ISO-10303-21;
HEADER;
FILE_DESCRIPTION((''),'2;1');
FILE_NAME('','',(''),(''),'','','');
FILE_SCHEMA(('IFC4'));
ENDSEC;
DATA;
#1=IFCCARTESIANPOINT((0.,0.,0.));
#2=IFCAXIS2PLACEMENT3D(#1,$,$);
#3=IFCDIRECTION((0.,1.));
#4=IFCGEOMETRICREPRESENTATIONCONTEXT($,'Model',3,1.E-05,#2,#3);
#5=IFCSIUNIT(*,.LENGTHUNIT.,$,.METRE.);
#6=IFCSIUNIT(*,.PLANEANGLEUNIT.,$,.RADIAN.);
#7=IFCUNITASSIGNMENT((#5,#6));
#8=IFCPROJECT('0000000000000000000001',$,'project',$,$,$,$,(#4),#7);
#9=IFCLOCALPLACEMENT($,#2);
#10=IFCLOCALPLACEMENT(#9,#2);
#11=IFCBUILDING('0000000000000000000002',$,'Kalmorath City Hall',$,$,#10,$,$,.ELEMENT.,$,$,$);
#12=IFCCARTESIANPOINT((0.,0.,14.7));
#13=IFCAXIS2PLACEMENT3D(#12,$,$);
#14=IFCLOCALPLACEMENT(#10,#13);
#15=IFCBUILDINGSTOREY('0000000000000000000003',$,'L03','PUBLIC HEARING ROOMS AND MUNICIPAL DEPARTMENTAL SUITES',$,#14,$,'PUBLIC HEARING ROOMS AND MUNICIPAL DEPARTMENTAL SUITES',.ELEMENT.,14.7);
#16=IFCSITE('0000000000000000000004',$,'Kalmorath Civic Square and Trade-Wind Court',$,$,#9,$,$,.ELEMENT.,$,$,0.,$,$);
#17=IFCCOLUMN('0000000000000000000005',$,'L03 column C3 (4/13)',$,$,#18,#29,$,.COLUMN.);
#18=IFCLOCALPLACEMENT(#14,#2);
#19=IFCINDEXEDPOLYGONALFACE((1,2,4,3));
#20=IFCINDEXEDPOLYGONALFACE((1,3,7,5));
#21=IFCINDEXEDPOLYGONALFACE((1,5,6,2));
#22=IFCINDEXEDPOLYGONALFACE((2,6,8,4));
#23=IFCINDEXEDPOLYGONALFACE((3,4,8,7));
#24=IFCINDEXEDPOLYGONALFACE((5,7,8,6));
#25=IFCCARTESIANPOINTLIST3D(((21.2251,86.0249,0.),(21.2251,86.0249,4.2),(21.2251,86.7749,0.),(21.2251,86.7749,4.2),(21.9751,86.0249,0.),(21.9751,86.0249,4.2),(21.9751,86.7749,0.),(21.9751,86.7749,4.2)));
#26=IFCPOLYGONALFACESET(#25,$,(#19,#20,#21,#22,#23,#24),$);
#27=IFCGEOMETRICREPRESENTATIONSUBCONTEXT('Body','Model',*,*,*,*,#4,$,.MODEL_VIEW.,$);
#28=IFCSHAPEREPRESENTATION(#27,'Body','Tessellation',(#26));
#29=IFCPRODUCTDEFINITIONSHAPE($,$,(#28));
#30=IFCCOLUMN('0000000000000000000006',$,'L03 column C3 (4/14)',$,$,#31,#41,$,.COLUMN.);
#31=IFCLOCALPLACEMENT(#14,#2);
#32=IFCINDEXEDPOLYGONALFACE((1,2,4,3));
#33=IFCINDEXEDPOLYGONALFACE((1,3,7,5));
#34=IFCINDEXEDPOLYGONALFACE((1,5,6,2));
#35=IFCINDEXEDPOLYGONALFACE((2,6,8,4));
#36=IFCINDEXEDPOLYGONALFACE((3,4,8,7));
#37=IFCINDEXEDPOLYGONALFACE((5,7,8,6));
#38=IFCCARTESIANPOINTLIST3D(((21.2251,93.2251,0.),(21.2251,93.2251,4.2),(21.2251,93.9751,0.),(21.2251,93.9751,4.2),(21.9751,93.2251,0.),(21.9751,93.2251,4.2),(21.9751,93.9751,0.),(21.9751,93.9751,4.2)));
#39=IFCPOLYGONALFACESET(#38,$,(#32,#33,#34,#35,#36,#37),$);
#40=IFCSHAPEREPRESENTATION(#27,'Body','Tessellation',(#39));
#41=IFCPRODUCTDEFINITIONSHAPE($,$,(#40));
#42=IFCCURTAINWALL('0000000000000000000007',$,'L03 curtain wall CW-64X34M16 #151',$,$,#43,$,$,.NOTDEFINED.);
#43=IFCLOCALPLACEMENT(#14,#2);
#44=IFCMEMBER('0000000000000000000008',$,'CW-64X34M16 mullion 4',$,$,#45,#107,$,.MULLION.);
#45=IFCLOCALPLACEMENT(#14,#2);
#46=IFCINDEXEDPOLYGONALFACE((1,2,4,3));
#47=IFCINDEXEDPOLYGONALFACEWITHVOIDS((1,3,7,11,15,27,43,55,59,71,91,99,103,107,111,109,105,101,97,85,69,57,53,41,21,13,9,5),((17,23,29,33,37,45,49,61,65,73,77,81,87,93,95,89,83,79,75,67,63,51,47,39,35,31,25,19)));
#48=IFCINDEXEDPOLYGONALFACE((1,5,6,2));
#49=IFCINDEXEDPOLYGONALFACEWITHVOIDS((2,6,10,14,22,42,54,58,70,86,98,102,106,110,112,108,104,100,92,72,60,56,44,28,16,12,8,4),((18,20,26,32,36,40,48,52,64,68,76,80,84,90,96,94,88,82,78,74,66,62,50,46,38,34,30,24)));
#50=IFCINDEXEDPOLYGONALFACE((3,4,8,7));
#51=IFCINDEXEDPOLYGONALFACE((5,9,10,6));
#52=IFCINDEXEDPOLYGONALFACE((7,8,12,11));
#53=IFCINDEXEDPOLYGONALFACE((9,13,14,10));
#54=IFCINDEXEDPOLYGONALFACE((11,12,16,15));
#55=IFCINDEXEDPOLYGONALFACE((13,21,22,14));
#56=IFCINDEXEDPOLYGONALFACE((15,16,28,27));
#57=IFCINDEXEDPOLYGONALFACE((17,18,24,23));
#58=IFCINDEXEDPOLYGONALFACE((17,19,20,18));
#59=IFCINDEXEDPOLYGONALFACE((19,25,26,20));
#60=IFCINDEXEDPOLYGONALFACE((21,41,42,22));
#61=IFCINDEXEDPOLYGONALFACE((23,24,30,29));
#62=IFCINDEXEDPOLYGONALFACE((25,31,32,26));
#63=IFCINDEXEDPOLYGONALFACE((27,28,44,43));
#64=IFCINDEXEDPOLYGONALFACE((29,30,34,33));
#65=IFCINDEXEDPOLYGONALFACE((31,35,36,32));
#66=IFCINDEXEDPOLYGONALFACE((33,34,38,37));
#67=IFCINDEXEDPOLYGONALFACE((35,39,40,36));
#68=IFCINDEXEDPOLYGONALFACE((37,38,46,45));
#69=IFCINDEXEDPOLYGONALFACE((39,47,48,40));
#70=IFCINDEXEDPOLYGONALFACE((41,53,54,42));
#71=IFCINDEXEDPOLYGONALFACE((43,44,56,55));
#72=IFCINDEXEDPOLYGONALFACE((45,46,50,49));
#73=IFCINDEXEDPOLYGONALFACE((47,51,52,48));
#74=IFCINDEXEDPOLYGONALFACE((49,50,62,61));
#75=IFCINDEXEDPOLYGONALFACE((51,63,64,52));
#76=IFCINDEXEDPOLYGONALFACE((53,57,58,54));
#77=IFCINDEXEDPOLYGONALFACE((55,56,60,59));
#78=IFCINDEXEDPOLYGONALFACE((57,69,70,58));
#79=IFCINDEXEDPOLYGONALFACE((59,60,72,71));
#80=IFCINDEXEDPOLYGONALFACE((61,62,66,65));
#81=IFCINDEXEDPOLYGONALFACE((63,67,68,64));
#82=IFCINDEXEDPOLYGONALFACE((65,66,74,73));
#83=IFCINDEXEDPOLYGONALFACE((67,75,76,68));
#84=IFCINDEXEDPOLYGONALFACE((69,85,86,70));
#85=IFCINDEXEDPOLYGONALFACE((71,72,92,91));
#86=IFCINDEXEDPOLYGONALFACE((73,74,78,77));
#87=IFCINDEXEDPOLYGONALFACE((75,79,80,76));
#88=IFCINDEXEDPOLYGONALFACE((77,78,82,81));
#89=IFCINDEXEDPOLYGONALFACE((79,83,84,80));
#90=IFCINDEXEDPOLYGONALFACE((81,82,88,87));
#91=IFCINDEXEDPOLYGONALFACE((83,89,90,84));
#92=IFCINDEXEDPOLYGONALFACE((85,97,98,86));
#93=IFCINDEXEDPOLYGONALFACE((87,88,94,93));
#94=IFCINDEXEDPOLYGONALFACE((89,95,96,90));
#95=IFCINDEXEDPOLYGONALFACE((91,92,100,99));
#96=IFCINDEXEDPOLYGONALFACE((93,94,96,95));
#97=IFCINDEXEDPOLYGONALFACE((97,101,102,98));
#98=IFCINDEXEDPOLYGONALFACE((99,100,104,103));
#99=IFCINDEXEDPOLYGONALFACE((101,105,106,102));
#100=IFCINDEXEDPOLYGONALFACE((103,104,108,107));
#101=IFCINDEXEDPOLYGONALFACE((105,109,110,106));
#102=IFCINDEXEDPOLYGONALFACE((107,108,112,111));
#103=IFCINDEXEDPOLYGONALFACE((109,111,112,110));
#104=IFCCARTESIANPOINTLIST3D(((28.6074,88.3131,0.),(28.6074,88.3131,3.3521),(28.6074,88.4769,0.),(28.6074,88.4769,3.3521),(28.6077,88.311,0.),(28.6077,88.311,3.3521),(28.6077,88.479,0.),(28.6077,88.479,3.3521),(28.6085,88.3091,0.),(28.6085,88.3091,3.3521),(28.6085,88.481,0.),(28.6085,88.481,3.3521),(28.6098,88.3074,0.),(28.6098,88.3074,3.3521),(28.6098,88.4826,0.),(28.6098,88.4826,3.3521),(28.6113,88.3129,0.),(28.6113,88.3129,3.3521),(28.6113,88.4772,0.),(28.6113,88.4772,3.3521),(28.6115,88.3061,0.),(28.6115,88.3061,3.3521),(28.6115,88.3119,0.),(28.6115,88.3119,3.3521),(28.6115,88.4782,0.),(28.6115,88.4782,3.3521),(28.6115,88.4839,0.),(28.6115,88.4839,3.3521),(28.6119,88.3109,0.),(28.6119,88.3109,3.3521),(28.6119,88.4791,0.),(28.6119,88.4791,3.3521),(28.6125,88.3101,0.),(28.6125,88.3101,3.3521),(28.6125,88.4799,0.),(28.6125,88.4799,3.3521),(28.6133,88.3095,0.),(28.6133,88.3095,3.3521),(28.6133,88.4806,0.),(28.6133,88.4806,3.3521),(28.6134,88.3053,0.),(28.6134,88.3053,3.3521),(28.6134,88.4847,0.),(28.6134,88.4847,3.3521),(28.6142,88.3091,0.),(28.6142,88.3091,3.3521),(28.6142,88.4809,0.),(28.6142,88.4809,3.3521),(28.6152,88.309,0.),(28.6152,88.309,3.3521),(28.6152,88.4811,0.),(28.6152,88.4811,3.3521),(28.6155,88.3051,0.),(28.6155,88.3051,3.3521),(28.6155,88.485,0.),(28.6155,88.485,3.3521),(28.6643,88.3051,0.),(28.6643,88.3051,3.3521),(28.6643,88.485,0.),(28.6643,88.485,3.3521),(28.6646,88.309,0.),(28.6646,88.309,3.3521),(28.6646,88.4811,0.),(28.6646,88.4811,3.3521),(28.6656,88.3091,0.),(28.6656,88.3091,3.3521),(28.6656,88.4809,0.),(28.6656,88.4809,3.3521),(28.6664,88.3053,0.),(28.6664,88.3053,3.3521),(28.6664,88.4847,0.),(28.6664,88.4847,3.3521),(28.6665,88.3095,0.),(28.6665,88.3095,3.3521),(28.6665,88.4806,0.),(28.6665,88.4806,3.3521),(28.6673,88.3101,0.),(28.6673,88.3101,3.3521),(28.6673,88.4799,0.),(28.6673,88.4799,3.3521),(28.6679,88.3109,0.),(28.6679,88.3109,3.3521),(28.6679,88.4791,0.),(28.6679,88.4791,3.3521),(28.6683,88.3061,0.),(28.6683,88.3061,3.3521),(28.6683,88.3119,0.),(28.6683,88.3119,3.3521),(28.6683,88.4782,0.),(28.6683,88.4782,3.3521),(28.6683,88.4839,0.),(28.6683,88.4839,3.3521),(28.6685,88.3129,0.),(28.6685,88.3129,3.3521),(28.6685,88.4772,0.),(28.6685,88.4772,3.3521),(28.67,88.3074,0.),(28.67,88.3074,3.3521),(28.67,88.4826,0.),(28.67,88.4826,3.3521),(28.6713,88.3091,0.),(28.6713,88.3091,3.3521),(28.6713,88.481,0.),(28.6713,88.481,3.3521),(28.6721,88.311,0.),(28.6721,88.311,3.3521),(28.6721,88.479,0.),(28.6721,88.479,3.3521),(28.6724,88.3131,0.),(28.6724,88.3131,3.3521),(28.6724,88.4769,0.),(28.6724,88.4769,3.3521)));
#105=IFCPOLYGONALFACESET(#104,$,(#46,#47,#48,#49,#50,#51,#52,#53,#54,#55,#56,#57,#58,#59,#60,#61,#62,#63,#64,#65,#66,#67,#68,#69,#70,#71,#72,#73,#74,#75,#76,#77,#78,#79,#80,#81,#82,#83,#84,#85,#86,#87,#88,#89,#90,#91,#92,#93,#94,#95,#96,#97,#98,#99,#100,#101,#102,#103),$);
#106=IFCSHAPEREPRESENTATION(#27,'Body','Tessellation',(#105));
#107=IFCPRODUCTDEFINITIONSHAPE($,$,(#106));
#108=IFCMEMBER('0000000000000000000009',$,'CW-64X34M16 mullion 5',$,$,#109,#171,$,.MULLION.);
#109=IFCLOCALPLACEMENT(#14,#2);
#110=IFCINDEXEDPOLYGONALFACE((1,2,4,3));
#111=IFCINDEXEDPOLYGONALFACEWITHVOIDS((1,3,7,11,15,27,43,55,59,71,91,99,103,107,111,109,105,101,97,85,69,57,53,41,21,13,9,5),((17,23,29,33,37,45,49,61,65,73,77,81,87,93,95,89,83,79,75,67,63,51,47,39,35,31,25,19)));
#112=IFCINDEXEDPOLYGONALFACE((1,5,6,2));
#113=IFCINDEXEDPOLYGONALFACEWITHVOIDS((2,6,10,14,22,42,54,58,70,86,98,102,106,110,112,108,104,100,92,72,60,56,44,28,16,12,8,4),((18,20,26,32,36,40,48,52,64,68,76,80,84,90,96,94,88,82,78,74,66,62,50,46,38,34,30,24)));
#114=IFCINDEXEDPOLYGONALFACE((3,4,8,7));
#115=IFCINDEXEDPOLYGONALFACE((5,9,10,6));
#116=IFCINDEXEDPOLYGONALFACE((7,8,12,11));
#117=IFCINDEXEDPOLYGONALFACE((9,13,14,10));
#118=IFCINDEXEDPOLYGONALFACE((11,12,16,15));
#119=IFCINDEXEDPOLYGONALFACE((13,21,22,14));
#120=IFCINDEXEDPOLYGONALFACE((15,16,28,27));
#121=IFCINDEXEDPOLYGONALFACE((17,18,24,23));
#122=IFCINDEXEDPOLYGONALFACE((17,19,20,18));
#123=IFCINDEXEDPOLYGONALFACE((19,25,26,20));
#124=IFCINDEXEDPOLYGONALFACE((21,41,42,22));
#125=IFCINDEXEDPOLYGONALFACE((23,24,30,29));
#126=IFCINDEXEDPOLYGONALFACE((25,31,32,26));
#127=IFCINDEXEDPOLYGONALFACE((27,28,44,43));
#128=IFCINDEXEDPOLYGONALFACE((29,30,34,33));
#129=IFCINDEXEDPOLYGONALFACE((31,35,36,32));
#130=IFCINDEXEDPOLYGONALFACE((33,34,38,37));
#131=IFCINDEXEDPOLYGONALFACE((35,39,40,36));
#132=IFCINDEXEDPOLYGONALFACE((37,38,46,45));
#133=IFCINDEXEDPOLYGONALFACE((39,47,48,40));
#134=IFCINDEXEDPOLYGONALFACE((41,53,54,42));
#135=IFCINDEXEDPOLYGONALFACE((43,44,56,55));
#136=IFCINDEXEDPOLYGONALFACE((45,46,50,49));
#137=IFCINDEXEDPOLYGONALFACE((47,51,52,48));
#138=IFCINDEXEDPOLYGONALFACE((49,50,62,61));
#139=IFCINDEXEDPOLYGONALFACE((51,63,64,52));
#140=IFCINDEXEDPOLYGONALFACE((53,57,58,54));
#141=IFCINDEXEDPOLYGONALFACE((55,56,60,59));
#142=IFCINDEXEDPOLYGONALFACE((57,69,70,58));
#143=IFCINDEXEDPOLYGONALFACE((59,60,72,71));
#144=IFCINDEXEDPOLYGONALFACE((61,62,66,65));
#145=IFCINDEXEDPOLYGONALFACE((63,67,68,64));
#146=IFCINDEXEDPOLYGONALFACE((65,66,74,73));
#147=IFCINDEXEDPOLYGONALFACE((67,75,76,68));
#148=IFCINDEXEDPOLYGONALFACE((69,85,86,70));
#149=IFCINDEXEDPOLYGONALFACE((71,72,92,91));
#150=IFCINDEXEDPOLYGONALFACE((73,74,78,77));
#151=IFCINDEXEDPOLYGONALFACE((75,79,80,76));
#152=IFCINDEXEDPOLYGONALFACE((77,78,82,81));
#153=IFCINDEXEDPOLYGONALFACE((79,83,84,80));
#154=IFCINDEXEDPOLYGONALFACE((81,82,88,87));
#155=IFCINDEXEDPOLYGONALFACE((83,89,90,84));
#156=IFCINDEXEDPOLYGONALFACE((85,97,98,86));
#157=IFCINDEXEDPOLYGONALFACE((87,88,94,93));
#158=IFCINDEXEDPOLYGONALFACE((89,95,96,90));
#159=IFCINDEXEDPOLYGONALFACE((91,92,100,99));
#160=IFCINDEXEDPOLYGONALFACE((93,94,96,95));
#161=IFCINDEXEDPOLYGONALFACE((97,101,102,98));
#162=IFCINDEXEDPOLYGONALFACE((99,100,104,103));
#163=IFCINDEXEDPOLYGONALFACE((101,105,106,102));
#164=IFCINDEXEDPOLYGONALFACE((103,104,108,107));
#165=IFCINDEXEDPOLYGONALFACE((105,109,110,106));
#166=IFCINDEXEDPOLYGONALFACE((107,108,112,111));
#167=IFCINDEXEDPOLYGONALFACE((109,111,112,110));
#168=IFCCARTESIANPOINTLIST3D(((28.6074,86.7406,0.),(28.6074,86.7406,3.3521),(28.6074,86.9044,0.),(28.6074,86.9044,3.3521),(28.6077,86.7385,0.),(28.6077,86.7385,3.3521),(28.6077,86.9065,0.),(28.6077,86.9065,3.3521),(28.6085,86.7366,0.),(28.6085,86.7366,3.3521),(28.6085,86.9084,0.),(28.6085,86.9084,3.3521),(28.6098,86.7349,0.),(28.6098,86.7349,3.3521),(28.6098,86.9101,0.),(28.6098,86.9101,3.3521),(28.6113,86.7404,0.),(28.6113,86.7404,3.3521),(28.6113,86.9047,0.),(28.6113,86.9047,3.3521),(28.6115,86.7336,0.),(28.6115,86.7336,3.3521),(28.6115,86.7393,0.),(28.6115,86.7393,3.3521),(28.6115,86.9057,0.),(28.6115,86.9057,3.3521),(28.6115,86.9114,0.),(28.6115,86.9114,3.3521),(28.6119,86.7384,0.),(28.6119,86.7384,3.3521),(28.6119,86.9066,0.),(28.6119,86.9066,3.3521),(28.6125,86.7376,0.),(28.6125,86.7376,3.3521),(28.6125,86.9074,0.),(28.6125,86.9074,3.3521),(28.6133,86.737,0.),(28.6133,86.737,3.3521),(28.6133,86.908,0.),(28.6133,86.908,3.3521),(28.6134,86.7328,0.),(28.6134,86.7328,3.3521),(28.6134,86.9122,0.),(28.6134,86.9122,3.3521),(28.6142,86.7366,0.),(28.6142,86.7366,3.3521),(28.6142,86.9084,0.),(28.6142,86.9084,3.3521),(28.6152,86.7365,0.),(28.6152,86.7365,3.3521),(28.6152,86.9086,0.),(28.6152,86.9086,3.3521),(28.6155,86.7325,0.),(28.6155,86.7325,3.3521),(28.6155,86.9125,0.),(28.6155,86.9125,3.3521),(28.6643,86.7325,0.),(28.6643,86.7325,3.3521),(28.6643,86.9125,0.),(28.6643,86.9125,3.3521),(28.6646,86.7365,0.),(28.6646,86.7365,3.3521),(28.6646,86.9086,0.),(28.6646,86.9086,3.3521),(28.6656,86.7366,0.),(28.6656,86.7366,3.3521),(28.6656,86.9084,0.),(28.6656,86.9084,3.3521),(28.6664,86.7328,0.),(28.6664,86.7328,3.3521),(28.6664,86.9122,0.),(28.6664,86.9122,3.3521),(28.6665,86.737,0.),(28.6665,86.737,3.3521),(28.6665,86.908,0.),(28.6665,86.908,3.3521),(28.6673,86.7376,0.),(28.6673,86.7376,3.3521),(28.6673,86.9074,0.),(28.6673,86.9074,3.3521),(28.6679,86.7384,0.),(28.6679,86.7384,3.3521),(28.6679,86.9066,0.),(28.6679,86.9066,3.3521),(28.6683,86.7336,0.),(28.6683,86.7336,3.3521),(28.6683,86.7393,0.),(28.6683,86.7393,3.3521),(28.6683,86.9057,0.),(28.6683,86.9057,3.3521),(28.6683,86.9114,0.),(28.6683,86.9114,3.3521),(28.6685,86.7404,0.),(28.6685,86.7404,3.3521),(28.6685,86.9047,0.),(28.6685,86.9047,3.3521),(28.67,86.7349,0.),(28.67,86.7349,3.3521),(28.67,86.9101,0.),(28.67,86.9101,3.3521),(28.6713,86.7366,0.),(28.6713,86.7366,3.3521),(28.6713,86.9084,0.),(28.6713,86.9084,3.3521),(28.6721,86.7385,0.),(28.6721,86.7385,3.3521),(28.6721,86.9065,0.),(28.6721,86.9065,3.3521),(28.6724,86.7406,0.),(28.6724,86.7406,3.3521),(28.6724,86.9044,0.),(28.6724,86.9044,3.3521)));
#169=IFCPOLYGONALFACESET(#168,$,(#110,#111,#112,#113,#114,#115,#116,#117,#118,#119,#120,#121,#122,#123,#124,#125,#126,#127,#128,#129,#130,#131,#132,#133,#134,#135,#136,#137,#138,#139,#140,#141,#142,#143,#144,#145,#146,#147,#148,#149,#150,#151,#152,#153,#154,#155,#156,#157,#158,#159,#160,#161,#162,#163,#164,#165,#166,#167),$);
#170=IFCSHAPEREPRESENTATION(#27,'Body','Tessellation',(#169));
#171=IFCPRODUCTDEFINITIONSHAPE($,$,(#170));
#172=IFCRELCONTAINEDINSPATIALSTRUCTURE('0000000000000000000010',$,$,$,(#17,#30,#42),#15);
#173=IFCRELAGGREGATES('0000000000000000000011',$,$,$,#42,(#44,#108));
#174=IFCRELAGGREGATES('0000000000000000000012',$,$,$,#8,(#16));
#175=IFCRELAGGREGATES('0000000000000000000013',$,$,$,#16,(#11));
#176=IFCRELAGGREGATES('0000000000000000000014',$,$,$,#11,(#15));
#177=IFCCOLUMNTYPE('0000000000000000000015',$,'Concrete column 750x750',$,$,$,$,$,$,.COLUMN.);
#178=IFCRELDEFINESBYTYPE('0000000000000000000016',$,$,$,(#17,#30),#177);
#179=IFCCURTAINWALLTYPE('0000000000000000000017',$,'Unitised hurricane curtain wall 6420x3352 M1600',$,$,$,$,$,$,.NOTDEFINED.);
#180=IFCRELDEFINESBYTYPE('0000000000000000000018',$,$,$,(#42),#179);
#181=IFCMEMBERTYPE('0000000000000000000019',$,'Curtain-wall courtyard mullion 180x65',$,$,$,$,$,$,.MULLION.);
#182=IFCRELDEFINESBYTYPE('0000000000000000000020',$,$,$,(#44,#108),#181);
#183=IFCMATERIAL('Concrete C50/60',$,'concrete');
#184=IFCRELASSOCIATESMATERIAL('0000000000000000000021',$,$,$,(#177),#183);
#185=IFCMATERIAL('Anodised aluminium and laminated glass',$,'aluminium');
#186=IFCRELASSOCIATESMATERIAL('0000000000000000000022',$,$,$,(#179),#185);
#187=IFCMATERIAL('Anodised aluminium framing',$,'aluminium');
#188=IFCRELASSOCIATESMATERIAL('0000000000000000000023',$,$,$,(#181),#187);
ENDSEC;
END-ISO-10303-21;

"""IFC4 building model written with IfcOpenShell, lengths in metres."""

from ifc_helpers import new_model, si_unit, direction, frame, origin, origin_2d, place, context, subcontext, project, spatial, rectangle, hollow_rectangle, extrude, material, material_profile, profile_set, type_object, element, aggregate, save


model = new_model("IFC4")

# Units and contexts
model_context = context("Model", 3, precision=1e-05, world=origin(), true_north=direction((0.0, 1.0)))
body_context = subcontext(model_context, "Body", "Model", "MODEL_VIEW")
ifc_project = project(units=[si_unit("LENGTHUNIT", "METRE"), si_unit("PLANEANGLEUNIT", "RADIAN")], contexts=[model_context])

# Site, building, storey
site_placement = place(None, origin())
site = spatial("IfcSite", under=ifc_project, at=site_placement, Name="Kalmorath Civic Square and Trade-Wind Court", CompositionType="ELEMENT", RefElevation=0.0)
building_placement = place(site_placement, origin())
building = spatial("IfcBuilding", under=site, at=building_placement, Name="Kalmorath City Hall", CompositionType="ELEMENT")
storey_placement = place(building_placement, frame((0.0, 0.0, 14.7)))
storey = spatial("IfcBuildingStorey", under=building, at=storey_placement, Name="L03", Description="PUBLIC HEARING ROOMS AND MUNICIPAL DEPARTMENTAL SUITES", LongName="PUBLIC HEARING ROOMS AND MUNICIPAL DEPARTMENTAL SUITES", CompositionType="ELEMENT", Elevation=14.7)

# Columns
ifc_material_1 = material(Name="Concrete C50/60", Category="concrete")
ifc_material_profile_1 = material_profile(ifc_material_1, rectangle(XDim=0.75, YDim=0.75, at=origin_2d()), Name="RC-COL-750X750")
ifc_profile_set_1 = profile_set([ifc_material_profile_1], Name="Concrete C50/60")
column_type = type_object("IfcColumnType", Name="Concrete column 750x750", PredefinedType="COLUMN", material=ifc_profile_set_1)
for number, where, z_axis, x_axis, name in (
    (1, (21.6001, 86.3999, 0.0), (0.0, 0.0, 1.0), (1.0, 0.0, 0.0), "L03 column C3 (4/13)"),
    (2, (21.6001, 93.6001, 0.0), (0.0, 0.0, 1.0), (1.0, 0.0, 0.0), "L03 column C3 (4/14)"),
):
    element("IfcColumn", number, at=place(storey_placement, frame(where, z_axis=z_axis, x_axis=x_axis)), inside=storey, type_object=column_type, Name=name, PredefinedType="COLUMN", context=body_context, shape_type="SweptSolid", body=[
        extrude(rectangle(XDim=0.75, YDim=0.75, at=origin_2d()), origin(), (0.0, 0.0, 1.0), 4.2),
    ])

# Curtain wall, members
ifc_material_2 = material(Name="Anodised aluminium and laminated glass", Category="aluminium")
curtain_wall_type = type_object("IfcCurtainWallType", Name="Unitised hurricane curtain wall 6420x3352 M1600", PredefinedType="NOTDEFINED", material=ifc_material_2)
curtain_wall_placement = place(storey_placement, origin())
curtain_wall = element("IfcCurtainWall", 3, at=curtain_wall_placement, inside=storey, type_object=curtain_wall_type, Name="L03 curtain wall CW-64X34M16 #151", PredefinedType="NOTDEFINED")
ifc_material_3 = material(Name="Anodised aluminium framing", Category="aluminium")
ifc_material_profile_2 = material_profile(ifc_material_3, hollow_rectangle(XDim=0.0649, YDim=0.1799, WallThickness=0.0039, InnerFilletRadius=0.0039, OuterFilletRadius=0.0081, at=origin_2d()), Name="ALU-MUL-180X65X4")
ifc_profile_set_2 = profile_set([ifc_material_profile_2], Name="Anodised aluminium framing")
member_type_1 = type_object("IfcMemberType", Name="Curtain-wall courtyard mullion 180x65", PredefinedType="MULLION", material=ifc_profile_set_2)
member_1_placement = place(storey_placement, frame((28.6399, 88.395, 0.0), z_axis=(0.0, 0.0, 1.0), x_axis=(1.0, 0.0, 0.0)))
member_1 = element("IfcMember", 4, at=member_1_placement, type_object=member_type_1, Name="CW-64X34M16 mullion 4", PredefinedType="MULLION", context=body_context, shape_type="SweptSolid", body=[
    extrude(hollow_rectangle(XDim=0.0649, YDim=0.1799, WallThickness=0.0039, InnerFilletRadius=0.0039, OuterFilletRadius=0.0081, at=origin_2d()), origin(), (0.0, 0.0, 1.0), 3.3521),
])
member_2_placement = place(storey_placement, frame((28.6399, 86.8225, 0.0), z_axis=(0.0, 0.0, 1.0), x_axis=(1.0, 0.0, 0.0)))
member_2 = element("IfcMember", 5, at=member_2_placement, type_object=member_type_1, Name="CW-64X34M16 mullion 5", PredefinedType="MULLION", context=body_context, shape_type="SweptSolid", body=[
    extrude(hollow_rectangle(XDim=0.0649, YDim=0.1799, WallThickness=0.0039, InnerFilletRadius=0.0039, OuterFilletRadius=0.0081, at=origin_2d()), origin(), (0.0, 0.0, 1.0), 3.3521),
])

aggregate(curtain_wall, [member_1, member_2])

save(model, "model.ifc")
